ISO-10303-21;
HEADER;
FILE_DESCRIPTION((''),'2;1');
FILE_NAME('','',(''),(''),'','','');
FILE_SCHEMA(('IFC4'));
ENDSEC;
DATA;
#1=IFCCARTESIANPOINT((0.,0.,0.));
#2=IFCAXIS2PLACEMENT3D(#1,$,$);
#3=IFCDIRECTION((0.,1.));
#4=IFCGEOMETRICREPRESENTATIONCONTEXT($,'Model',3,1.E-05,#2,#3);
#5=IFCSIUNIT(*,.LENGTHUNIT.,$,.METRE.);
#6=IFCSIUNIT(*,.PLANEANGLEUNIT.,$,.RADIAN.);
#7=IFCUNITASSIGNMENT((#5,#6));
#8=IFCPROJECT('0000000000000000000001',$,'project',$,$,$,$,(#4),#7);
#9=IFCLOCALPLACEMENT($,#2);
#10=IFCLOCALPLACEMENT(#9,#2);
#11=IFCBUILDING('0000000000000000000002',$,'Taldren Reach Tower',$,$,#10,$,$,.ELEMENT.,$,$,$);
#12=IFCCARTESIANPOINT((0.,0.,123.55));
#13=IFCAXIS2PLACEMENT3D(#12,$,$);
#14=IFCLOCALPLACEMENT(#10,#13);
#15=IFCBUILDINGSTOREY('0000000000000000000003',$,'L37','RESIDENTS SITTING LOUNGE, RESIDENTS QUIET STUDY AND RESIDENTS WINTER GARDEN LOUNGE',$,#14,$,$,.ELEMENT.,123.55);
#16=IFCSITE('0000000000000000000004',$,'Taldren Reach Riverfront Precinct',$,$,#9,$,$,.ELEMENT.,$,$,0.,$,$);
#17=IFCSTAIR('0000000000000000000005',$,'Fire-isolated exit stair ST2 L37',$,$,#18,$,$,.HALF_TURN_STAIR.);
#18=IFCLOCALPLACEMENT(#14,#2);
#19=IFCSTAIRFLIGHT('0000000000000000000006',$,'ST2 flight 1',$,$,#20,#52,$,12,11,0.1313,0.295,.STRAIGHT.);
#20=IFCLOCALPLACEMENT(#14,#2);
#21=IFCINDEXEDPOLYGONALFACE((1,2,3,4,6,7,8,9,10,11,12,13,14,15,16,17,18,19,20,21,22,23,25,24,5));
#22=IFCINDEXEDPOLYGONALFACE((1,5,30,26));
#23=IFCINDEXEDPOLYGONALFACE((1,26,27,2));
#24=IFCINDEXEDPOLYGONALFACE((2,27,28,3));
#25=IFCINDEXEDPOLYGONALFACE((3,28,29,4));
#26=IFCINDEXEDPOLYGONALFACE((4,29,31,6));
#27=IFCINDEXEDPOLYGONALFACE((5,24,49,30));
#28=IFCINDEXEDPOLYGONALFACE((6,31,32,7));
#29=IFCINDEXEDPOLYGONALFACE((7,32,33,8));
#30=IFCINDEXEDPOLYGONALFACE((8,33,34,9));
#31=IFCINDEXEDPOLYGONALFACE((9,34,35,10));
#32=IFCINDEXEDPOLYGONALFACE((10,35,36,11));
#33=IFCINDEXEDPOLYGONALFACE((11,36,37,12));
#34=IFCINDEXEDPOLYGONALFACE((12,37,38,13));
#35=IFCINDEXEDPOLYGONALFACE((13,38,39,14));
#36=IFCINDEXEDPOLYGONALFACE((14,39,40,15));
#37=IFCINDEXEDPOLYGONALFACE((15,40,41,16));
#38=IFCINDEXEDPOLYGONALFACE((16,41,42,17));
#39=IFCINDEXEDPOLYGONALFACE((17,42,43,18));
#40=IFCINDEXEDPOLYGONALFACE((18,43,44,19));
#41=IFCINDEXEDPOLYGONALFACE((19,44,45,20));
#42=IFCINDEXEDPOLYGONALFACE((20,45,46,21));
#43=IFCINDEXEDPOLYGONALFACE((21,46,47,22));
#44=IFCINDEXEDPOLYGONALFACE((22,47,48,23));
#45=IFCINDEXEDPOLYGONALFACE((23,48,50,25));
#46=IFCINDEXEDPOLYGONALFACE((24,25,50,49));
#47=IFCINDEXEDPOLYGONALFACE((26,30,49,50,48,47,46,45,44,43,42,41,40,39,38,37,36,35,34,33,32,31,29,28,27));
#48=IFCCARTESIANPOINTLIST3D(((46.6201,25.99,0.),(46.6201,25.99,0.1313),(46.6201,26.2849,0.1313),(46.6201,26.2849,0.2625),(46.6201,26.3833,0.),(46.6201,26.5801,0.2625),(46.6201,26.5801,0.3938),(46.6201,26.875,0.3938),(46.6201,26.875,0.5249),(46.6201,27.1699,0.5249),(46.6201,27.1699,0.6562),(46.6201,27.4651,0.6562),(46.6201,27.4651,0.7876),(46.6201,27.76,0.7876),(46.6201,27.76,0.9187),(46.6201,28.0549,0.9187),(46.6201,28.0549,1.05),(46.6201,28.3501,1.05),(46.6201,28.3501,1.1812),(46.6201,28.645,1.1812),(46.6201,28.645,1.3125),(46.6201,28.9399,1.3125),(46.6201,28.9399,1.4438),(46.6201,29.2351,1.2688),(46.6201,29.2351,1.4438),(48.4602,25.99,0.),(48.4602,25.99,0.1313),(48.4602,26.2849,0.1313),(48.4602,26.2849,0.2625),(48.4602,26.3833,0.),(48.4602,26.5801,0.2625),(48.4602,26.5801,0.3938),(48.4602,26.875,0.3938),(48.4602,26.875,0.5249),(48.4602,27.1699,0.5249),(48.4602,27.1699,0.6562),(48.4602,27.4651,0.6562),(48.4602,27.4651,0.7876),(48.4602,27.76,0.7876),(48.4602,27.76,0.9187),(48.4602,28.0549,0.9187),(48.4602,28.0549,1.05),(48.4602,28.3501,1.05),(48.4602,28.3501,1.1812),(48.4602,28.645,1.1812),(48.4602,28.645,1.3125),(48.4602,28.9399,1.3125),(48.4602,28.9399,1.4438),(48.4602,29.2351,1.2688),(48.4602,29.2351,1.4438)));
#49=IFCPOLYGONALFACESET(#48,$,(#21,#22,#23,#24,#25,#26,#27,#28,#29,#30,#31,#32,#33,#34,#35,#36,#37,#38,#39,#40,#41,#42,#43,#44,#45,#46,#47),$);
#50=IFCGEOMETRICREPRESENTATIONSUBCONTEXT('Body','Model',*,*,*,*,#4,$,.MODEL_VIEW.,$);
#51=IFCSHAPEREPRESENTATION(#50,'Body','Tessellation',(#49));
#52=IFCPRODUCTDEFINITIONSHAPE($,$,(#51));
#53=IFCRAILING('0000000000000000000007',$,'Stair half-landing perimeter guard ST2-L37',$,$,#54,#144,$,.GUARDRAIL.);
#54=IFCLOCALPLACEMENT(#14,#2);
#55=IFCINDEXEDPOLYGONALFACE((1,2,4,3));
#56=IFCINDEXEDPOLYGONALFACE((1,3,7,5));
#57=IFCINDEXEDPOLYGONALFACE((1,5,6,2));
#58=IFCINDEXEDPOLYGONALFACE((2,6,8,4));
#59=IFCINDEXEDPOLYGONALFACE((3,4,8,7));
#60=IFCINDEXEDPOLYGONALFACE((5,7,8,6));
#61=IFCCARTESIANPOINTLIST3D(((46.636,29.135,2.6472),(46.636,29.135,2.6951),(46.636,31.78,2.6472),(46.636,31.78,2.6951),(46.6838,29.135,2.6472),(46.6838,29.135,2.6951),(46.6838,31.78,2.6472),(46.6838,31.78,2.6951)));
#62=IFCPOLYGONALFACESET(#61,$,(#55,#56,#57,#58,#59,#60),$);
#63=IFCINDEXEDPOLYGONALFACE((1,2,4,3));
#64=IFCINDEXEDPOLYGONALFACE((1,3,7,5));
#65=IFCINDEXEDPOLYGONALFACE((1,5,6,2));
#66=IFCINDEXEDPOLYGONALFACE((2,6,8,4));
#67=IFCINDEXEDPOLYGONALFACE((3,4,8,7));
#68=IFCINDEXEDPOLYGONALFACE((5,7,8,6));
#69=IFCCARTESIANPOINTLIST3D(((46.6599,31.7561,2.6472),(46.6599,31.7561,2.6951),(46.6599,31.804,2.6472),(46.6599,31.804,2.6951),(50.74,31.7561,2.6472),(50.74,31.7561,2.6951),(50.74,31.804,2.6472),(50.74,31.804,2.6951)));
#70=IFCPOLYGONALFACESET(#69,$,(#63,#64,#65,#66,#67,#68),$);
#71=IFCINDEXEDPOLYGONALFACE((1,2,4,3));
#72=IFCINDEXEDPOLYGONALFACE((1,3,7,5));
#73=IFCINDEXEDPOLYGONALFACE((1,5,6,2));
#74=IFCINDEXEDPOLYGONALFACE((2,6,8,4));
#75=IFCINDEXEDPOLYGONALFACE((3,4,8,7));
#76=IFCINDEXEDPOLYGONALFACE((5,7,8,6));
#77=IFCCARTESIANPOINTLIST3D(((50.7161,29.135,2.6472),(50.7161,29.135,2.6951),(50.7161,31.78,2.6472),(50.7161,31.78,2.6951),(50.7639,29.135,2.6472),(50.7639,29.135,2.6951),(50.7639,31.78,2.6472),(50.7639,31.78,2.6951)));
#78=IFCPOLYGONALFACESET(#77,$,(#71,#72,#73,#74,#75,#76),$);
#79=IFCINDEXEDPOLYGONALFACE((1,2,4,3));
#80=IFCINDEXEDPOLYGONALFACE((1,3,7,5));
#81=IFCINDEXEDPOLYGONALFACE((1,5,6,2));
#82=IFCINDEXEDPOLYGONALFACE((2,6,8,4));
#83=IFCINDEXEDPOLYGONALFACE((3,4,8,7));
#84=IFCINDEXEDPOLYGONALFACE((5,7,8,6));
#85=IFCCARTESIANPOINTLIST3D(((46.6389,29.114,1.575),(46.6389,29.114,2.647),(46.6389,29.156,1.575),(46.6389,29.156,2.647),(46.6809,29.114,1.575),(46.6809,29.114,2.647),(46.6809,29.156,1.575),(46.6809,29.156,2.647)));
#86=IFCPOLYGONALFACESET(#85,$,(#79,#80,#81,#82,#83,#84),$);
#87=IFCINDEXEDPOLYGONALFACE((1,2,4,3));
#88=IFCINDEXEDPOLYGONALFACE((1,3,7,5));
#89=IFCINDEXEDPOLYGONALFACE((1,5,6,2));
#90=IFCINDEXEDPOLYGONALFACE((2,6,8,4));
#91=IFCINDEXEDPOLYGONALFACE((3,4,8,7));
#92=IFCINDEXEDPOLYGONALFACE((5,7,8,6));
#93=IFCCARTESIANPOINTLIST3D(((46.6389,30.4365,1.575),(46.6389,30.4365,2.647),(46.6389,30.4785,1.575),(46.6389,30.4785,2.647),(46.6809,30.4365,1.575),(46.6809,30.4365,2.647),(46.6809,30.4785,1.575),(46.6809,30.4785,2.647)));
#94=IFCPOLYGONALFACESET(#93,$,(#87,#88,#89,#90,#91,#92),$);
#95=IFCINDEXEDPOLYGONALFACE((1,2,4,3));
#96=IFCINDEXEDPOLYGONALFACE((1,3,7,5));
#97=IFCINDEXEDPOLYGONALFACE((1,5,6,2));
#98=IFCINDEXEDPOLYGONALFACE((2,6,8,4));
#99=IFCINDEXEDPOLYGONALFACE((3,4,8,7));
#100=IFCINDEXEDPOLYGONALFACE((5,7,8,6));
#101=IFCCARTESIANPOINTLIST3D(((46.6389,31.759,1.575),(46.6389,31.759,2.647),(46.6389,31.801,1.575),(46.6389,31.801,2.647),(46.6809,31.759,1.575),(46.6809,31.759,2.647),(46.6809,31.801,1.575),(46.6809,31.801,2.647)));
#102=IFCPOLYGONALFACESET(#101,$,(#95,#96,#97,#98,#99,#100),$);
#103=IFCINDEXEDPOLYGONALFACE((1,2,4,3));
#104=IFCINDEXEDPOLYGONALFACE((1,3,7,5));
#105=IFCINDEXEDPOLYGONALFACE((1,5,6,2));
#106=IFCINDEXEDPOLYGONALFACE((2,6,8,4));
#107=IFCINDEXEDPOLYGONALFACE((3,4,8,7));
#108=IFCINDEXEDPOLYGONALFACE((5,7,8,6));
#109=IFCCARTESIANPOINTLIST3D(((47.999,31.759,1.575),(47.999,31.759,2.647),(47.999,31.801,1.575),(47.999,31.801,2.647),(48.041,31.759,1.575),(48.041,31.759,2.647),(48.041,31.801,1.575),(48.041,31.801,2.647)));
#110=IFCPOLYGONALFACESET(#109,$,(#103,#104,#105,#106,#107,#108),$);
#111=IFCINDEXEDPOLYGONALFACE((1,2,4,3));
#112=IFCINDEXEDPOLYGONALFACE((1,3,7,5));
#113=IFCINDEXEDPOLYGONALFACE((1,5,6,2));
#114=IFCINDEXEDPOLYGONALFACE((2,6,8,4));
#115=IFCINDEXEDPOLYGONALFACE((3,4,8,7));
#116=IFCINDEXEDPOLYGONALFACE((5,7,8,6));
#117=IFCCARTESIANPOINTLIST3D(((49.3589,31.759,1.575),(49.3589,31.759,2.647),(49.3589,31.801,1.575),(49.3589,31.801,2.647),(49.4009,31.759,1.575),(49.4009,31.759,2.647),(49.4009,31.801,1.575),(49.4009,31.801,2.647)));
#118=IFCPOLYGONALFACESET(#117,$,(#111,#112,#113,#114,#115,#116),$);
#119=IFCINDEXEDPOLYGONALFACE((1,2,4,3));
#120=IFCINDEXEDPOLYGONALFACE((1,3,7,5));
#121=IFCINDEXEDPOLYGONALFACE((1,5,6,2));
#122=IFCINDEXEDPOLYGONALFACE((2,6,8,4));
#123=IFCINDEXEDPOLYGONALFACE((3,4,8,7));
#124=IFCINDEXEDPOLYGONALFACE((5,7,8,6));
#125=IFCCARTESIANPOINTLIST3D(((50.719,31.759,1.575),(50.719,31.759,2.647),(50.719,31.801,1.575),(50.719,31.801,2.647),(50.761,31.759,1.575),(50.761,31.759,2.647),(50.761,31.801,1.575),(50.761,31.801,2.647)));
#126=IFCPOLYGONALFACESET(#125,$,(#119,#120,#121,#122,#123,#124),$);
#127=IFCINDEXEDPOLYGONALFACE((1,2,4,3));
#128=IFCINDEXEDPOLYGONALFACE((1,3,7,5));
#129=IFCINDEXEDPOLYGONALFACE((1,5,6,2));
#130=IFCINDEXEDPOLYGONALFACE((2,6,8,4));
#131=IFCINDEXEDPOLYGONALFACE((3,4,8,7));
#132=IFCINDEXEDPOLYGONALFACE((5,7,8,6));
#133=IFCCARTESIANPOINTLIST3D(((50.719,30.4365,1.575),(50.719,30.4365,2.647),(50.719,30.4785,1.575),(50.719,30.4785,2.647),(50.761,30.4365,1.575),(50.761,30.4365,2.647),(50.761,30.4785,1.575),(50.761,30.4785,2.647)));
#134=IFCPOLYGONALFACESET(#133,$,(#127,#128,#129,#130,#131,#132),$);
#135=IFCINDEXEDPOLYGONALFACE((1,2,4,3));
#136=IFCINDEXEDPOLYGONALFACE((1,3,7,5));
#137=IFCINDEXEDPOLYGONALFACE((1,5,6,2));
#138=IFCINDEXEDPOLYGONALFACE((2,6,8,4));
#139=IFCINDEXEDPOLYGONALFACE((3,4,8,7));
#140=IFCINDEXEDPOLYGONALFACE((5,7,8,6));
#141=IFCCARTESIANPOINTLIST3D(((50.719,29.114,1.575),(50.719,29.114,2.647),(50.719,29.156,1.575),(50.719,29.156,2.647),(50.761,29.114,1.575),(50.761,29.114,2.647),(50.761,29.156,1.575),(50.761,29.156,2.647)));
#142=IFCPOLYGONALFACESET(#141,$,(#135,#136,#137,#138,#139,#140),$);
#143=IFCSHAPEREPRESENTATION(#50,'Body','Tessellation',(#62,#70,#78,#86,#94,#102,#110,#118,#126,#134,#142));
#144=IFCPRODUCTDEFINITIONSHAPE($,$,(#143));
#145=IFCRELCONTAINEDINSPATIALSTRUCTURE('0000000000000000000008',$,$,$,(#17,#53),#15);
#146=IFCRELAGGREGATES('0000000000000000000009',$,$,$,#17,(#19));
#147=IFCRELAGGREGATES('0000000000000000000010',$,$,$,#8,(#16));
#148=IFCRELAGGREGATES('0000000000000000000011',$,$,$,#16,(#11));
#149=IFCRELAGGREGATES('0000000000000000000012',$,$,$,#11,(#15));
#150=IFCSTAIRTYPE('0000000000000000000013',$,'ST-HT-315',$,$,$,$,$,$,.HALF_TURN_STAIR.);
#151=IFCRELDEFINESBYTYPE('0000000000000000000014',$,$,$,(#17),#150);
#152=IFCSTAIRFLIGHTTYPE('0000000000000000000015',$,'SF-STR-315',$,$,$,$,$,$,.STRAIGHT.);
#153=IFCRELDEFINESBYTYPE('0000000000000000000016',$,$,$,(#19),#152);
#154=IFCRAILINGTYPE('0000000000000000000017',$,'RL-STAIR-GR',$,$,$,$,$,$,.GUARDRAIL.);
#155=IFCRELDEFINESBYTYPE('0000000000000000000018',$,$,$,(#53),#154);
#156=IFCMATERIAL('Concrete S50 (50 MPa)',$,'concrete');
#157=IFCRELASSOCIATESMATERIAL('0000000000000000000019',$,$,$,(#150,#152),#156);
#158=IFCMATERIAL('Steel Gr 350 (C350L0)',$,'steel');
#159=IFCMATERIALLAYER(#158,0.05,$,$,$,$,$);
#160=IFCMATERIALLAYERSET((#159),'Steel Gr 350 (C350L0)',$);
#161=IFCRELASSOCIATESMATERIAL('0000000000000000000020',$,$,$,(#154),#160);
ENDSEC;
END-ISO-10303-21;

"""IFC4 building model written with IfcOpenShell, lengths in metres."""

from ifc_helpers import new_model, si_unit, direction, frame, origin, origin_2d, place, context, subcontext, project, spatial, polyline, rectangle, outline, extrude, material, layer, layer_set, type_object, element, aggregate, save


model = new_model("IFC4")

# Units and contexts
model_context = context("Model", 3, precision=1e-05, world=origin(), true_north=direction((0.0, 1.0)))
body_context = subcontext(model_context, "Body", "Model", "MODEL_VIEW")
ifc_project = project(units=[si_unit("LENGTHUNIT", "METRE"), si_unit("PLANEANGLEUNIT", "RADIAN")], contexts=[model_context])

# Site, building, storey
site_placement = place(None, origin())
site = spatial("IfcSite", under=ifc_project, at=site_placement, Name="Taldren Reach Riverfront Precinct", CompositionType="ELEMENT", RefElevation=0.0)
building_placement = place(site_placement, origin())
building = spatial("IfcBuilding", under=site, at=building_placement, Name="Taldren Reach Tower", CompositionType="ELEMENT")
storey_placement = place(building_placement, frame((0.0, 0.0, 123.55)))
storey = spatial("IfcBuildingStorey", under=building, at=storey_placement, Name="L37", Description="RESIDENTS SITTING LOUNGE, RESIDENTS QUIET STUDY AND RESIDENTS WINTER GARDEN LOUNGE", CompositionType="ELEMENT", Elevation=123.55)

# Shared definitions
ifc_material_1 = material(Name="Steel Gr 350 (C350L0)", Category="steel")

# Shared definitions
ifc_material_2 = material(Name="Concrete S50 (50 MPa)", Category="concrete")

# Stair, stair flight
stair_type = type_object("IfcStairType", Name="ST-HT-315", PredefinedType="HALF_TURN_STAIR", material=ifc_material_2)
stair_placement = place(storey_placement, origin())
stair = element("IfcStair", 1, at=stair_placement, inside=storey, type_object=stair_type, Name="Fire-isolated exit stair ST2 L37", PredefinedType="HALF_TURN_STAIR")
stair_flight_type = type_object("IfcStairFlightType", Name="SF-STR-315", PredefinedType="STRAIGHT", material=ifc_material_2)
stair_flight_placement = place(storey_placement, frame((47.54, 25.99, 0.0), z_axis=(0.0, 0.0, 1.0), x_axis=(0.0, 1.0, 0.0)))
stair_flight = element("IfcStairFlight", 2, at=stair_flight_placement, type_object=stair_flight_type, Name="ST2 flight 1", NumberOfRisers=12, NumberOfTreads=11, PredefinedType="STRAIGHT", RiserHeight=0.1313, TreadLength=0.295, context=body_context, shape_type="SweptSolid", body=[
    extrude(outline(polyline([(0.0, 0.0), (0.0, 0.1313), (0.2949, 0.1313), (0.2949, 0.2625), (0.5901, 0.2625), (0.5901, 0.3938), (0.885, 0.3938), (0.885, 0.5249), (1.1799, 0.5249), (1.1799, 0.6562), (1.4751, 0.6562), (1.4751, 0.7876), (1.77, 0.7876), (1.77, 0.9187), (2.0649, 0.9187), (2.0649, 1.05), (2.3601, 1.05), (2.3601, 1.1812), (2.655, 1.1812), (2.655, 1.3125), (2.95, 1.3125), (2.95, 1.4438), (3.2451, 1.4438), (3.2451, 1.575), (3.2451, 1.2688), (0.3933, 0.0), (0.0, 0.0)])), frame((0.0, 0.9199, 0.0), z_axis=(0.0, -1.0, 0.0), x_axis=(1.0, 0.0, 0.0)), (0.0, 0.0, 1.0), 1.8401),
])
aggregate(stair, [stair_flight])

# Railing
ifc_layer_1 = layer(ifc_material_1, 0.05)
ifc_layer_set_1 = layer_set([ifc_layer_1], Name="Steel Gr 350 (C350L0)")
railing_type_1 = type_object("IfcRailingType", Name="RL-STAIR-GR", PredefinedType="GUARDRAIL", material=ifc_layer_set_1)
railing_1_placement = place(storey_placement, frame((46.6599, 29.135, 1.575)))
element("IfcRailing", 3, at=railing_1_placement, inside=storey, type_object=railing_type_1, Name="Stair half-landing perimeter guard ST2-L37", PredefinedType="GUARDRAIL", context=body_context, shape_type="SweptSolid", body=[
    extrude(rectangle(XDim=0.0479, YDim=0.0479, at=origin_2d()), frame((0.0, 0.0, 1.0962), z_axis=(0.0, 1.0, 0.0), x_axis=(-1.0, 0.0, 0.0)), (0.0, 0.0, 1.0), 2.645),
    extrude(rectangle(XDim=0.0479, YDim=0.0479, at=origin_2d()), frame((0.0, 2.645, 1.0962), z_axis=(1.0, 0.0, 0.0), x_axis=(0.0, 1.0, 0.0)), (0.0, 0.0, 1.0), 4.0801),
    extrude(rectangle(XDim=0.0479, YDim=0.0479, at=origin_2d()), frame((4.0801, 2.645, 1.0962), z_axis=(0.0, -1.0, 0.0), x_axis=(1.0, 0.0, 0.0)), (0.0, 0.0, 1.0), 2.645),
    extrude(rectangle(XDim=0.042, YDim=0.042, at=origin_2d()), origin(), (0.0, 0.0, 1.0), 1.072),
    extrude(rectangle(XDim=0.042, YDim=0.042, at=origin_2d()), frame((0.0, 1.3225, 0.0)), (0.0, 0.0, 1.0), 1.072),
    extrude(rectangle(XDim=0.042, YDim=0.042, at=origin_2d()), frame((0.0, 2.645, 0.0)), (0.0, 0.0, 1.0), 1.072),
    extrude(rectangle(XDim=0.042, YDim=0.042, at=origin_2d()), frame((1.3601, 2.645, 0.0)), (0.0, 0.0, 1.0), 1.072),
    extrude(rectangle(XDim=0.042, YDim=0.042, at=origin_2d()), frame((2.72, 2.645, 0.0)), (0.0, 0.0, 1.0), 1.072),
    extrude(rectangle(XDim=0.042, YDim=0.042, at=origin_2d()), frame((4.0801, 2.645, 0.0)), (0.0, 0.0, 1.0), 1.072),
    extrude(rectangle(XDim=0.042, YDim=0.042, at=origin_2d()), frame((4.0801, 1.3225, 0.0)), (0.0, 0.0, 1.0), 1.072),
    extrude(rectangle(XDim=0.042, YDim=0.042, at=origin_2d()), frame((4.0801, 0.0, 0.0)), (0.0, 0.0, 1.0), 1.072),
])

save(model, "model.ifc")
